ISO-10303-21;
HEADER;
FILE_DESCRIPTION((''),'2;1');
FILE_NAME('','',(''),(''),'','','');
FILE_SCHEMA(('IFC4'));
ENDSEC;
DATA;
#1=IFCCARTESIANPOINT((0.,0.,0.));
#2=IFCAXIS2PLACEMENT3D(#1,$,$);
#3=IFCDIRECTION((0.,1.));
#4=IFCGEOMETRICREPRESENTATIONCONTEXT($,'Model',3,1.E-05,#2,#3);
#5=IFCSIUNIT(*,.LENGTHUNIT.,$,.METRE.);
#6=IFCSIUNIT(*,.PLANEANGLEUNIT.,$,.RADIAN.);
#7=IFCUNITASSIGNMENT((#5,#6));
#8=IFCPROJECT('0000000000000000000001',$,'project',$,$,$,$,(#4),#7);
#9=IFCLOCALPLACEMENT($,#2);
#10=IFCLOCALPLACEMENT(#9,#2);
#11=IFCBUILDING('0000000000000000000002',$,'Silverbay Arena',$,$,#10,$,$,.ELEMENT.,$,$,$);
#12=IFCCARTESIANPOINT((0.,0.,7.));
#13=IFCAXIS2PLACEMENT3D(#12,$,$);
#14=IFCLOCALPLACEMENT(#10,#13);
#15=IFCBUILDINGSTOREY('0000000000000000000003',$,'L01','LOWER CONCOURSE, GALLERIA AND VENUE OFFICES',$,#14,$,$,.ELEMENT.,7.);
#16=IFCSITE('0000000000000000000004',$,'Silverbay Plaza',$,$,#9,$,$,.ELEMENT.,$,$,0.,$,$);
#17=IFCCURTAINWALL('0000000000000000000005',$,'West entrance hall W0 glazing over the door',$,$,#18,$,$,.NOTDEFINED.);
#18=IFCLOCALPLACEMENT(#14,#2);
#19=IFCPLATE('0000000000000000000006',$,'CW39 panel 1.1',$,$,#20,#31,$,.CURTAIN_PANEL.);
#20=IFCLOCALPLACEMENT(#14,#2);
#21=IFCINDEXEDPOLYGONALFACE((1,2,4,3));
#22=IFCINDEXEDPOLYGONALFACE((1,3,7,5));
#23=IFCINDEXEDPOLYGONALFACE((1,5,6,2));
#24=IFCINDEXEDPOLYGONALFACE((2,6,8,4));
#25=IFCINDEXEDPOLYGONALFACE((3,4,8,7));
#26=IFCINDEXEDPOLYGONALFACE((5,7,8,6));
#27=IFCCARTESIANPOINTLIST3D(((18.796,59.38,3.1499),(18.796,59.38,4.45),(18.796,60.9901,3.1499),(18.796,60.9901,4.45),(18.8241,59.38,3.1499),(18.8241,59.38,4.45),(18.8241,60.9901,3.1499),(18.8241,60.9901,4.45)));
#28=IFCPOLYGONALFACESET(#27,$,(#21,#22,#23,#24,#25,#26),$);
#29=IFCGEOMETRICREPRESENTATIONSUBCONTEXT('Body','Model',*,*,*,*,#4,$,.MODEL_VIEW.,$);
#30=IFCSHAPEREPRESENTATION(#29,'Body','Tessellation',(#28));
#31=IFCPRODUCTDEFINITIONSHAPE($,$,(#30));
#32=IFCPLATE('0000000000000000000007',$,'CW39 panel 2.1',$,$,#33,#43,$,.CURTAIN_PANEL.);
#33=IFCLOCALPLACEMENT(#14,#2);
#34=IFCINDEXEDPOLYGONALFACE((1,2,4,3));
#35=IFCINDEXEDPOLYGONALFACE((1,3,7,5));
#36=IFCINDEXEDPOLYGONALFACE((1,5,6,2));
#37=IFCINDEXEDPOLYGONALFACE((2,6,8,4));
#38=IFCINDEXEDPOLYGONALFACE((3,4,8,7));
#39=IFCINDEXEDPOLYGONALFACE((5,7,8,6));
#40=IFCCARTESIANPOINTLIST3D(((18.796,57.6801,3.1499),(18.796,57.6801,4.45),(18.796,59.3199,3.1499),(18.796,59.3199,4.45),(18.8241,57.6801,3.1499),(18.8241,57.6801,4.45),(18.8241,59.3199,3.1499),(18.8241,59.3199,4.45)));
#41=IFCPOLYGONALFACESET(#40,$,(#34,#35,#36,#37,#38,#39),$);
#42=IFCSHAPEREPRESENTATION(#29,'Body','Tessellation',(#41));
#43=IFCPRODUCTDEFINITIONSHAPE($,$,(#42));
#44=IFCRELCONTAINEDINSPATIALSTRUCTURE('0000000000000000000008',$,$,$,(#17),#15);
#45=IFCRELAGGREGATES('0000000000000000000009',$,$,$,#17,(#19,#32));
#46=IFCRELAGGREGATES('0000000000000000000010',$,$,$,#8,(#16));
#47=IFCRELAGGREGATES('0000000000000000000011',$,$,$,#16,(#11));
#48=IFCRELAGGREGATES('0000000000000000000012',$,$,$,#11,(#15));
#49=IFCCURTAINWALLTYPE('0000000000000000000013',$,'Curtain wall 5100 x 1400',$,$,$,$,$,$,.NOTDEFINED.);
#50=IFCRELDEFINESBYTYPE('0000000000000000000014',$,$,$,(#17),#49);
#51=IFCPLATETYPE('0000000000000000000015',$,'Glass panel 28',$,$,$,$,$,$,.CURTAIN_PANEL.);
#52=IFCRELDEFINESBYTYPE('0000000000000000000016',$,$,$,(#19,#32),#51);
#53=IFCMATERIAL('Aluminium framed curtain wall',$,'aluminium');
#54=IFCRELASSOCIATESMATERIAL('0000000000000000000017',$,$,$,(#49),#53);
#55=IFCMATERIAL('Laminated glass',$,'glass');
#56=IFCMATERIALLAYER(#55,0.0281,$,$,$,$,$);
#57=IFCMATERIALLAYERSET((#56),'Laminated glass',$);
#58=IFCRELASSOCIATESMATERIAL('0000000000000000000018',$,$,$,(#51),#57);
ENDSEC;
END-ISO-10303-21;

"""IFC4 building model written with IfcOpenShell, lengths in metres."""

from ifc_helpers import new_model, si_unit, direction, frame, origin, origin_2d, place, context, subcontext, project, spatial, rectangle, extrude, material, layer, layer_set, type_object, element, aggregate, save


model = new_model("IFC4")

# Units and contexts
model_context = context("Model", 3, precision=1e-05, world=origin(), true_north=direction((0.0, 1.0)))
body_context = subcontext(model_context, "Body", "Model", "MODEL_VIEW")
ifc_project = project(units=[si_unit("LENGTHUNIT", "METRE"), si_unit("PLANEANGLEUNIT", "RADIAN")], contexts=[model_context])

# Site, building, storey
site_placement = place(None, origin())
site = spatial("IfcSite", under=ifc_project, at=site_placement, Name="Silverbay Plaza", CompositionType="ELEMENT", RefElevation=0.0)
building_placement = place(site_placement, origin())
building = spatial("IfcBuilding", under=site, at=building_placement, Name="Silverbay Arena", CompositionType="ELEMENT")
storey_placement = place(building_placement, frame((0.0, 0.0, 7.0)))
storey = spatial("IfcBuildingStorey", under=building, at=storey_placement, Name="L01", Description="LOWER CONCOURSE, GALLERIA AND VENUE OFFICES", CompositionType="ELEMENT", Elevation=7.0)

# Curtain wall
ifc_material_1 = material(Name="Aluminium framed curtain wall", Category="aluminium")
curtain_wall_type_1 = type_object("IfcCurtainWallType", Name="Curtain wall 5100 x 1400", PredefinedType="NOTDEFINED", material=ifc_material_1)
curtain_wall_1_placement = place(storey_placement, origin())
curtain_wall_1 = element("IfcCurtainWall", 1, at=curtain_wall_1_placement, inside=storey, type_object=curtain_wall_type_1, Name="West entrance hall W0 glazing over the door", PredefinedType="NOTDEFINED")

# Plates
ifc_material_2 = material(Name="Laminated glass", Category="glass")
ifc_layer = layer(ifc_material_2, 0.0281)
ifc_layer_set = layer_set([ifc_layer], Name="Laminated glass")
plate_type = type_object("IfcPlateType", Name="Glass panel 28", PredefinedType="CURTAIN_PANEL", material=ifc_layer_set)
plate_1_placement = place(storey_placement, frame((18.8101, 60.1851, 3.1499), z_axis=(0.0, 0.0, 1.0), x_axis=(0.0, -1.0, 0.0)))
plate_1 = element("IfcPlate", 2, at=plate_1_placement, type_object=plate_type, Name="CW39 panel 1.1", PredefinedType="CURTAIN_PANEL", context=body_context, shape_type="SweptSolid", body=[
    extrude(rectangle(XDim=1.6101, YDim=0.0281, at=origin_2d()), origin(), (0.0, 0.0, 1.0), 1.3),
])
plate_2_placement = place(storey_placement, frame((18.8101, 58.5, 3.1499), z_axis=(0.0, 0.0, 1.0), x_axis=(0.0, -1.0, 0.0)))
plate_2 = element("IfcPlate", 3, at=plate_2_placement, type_object=plate_type, Name="CW39 panel 2.1", PredefinedType="CURTAIN_PANEL", context=body_context, shape_type="SweptSolid", body=[
    extrude(rectangle(XDim=1.6399, YDim=0.0281, at=origin_2d()), origin(), (0.0, 0.0, 1.0), 1.3),
])
aggregate(curtain_wall_1, [plate_1, plate_2])

save(model, "model.ifc")
